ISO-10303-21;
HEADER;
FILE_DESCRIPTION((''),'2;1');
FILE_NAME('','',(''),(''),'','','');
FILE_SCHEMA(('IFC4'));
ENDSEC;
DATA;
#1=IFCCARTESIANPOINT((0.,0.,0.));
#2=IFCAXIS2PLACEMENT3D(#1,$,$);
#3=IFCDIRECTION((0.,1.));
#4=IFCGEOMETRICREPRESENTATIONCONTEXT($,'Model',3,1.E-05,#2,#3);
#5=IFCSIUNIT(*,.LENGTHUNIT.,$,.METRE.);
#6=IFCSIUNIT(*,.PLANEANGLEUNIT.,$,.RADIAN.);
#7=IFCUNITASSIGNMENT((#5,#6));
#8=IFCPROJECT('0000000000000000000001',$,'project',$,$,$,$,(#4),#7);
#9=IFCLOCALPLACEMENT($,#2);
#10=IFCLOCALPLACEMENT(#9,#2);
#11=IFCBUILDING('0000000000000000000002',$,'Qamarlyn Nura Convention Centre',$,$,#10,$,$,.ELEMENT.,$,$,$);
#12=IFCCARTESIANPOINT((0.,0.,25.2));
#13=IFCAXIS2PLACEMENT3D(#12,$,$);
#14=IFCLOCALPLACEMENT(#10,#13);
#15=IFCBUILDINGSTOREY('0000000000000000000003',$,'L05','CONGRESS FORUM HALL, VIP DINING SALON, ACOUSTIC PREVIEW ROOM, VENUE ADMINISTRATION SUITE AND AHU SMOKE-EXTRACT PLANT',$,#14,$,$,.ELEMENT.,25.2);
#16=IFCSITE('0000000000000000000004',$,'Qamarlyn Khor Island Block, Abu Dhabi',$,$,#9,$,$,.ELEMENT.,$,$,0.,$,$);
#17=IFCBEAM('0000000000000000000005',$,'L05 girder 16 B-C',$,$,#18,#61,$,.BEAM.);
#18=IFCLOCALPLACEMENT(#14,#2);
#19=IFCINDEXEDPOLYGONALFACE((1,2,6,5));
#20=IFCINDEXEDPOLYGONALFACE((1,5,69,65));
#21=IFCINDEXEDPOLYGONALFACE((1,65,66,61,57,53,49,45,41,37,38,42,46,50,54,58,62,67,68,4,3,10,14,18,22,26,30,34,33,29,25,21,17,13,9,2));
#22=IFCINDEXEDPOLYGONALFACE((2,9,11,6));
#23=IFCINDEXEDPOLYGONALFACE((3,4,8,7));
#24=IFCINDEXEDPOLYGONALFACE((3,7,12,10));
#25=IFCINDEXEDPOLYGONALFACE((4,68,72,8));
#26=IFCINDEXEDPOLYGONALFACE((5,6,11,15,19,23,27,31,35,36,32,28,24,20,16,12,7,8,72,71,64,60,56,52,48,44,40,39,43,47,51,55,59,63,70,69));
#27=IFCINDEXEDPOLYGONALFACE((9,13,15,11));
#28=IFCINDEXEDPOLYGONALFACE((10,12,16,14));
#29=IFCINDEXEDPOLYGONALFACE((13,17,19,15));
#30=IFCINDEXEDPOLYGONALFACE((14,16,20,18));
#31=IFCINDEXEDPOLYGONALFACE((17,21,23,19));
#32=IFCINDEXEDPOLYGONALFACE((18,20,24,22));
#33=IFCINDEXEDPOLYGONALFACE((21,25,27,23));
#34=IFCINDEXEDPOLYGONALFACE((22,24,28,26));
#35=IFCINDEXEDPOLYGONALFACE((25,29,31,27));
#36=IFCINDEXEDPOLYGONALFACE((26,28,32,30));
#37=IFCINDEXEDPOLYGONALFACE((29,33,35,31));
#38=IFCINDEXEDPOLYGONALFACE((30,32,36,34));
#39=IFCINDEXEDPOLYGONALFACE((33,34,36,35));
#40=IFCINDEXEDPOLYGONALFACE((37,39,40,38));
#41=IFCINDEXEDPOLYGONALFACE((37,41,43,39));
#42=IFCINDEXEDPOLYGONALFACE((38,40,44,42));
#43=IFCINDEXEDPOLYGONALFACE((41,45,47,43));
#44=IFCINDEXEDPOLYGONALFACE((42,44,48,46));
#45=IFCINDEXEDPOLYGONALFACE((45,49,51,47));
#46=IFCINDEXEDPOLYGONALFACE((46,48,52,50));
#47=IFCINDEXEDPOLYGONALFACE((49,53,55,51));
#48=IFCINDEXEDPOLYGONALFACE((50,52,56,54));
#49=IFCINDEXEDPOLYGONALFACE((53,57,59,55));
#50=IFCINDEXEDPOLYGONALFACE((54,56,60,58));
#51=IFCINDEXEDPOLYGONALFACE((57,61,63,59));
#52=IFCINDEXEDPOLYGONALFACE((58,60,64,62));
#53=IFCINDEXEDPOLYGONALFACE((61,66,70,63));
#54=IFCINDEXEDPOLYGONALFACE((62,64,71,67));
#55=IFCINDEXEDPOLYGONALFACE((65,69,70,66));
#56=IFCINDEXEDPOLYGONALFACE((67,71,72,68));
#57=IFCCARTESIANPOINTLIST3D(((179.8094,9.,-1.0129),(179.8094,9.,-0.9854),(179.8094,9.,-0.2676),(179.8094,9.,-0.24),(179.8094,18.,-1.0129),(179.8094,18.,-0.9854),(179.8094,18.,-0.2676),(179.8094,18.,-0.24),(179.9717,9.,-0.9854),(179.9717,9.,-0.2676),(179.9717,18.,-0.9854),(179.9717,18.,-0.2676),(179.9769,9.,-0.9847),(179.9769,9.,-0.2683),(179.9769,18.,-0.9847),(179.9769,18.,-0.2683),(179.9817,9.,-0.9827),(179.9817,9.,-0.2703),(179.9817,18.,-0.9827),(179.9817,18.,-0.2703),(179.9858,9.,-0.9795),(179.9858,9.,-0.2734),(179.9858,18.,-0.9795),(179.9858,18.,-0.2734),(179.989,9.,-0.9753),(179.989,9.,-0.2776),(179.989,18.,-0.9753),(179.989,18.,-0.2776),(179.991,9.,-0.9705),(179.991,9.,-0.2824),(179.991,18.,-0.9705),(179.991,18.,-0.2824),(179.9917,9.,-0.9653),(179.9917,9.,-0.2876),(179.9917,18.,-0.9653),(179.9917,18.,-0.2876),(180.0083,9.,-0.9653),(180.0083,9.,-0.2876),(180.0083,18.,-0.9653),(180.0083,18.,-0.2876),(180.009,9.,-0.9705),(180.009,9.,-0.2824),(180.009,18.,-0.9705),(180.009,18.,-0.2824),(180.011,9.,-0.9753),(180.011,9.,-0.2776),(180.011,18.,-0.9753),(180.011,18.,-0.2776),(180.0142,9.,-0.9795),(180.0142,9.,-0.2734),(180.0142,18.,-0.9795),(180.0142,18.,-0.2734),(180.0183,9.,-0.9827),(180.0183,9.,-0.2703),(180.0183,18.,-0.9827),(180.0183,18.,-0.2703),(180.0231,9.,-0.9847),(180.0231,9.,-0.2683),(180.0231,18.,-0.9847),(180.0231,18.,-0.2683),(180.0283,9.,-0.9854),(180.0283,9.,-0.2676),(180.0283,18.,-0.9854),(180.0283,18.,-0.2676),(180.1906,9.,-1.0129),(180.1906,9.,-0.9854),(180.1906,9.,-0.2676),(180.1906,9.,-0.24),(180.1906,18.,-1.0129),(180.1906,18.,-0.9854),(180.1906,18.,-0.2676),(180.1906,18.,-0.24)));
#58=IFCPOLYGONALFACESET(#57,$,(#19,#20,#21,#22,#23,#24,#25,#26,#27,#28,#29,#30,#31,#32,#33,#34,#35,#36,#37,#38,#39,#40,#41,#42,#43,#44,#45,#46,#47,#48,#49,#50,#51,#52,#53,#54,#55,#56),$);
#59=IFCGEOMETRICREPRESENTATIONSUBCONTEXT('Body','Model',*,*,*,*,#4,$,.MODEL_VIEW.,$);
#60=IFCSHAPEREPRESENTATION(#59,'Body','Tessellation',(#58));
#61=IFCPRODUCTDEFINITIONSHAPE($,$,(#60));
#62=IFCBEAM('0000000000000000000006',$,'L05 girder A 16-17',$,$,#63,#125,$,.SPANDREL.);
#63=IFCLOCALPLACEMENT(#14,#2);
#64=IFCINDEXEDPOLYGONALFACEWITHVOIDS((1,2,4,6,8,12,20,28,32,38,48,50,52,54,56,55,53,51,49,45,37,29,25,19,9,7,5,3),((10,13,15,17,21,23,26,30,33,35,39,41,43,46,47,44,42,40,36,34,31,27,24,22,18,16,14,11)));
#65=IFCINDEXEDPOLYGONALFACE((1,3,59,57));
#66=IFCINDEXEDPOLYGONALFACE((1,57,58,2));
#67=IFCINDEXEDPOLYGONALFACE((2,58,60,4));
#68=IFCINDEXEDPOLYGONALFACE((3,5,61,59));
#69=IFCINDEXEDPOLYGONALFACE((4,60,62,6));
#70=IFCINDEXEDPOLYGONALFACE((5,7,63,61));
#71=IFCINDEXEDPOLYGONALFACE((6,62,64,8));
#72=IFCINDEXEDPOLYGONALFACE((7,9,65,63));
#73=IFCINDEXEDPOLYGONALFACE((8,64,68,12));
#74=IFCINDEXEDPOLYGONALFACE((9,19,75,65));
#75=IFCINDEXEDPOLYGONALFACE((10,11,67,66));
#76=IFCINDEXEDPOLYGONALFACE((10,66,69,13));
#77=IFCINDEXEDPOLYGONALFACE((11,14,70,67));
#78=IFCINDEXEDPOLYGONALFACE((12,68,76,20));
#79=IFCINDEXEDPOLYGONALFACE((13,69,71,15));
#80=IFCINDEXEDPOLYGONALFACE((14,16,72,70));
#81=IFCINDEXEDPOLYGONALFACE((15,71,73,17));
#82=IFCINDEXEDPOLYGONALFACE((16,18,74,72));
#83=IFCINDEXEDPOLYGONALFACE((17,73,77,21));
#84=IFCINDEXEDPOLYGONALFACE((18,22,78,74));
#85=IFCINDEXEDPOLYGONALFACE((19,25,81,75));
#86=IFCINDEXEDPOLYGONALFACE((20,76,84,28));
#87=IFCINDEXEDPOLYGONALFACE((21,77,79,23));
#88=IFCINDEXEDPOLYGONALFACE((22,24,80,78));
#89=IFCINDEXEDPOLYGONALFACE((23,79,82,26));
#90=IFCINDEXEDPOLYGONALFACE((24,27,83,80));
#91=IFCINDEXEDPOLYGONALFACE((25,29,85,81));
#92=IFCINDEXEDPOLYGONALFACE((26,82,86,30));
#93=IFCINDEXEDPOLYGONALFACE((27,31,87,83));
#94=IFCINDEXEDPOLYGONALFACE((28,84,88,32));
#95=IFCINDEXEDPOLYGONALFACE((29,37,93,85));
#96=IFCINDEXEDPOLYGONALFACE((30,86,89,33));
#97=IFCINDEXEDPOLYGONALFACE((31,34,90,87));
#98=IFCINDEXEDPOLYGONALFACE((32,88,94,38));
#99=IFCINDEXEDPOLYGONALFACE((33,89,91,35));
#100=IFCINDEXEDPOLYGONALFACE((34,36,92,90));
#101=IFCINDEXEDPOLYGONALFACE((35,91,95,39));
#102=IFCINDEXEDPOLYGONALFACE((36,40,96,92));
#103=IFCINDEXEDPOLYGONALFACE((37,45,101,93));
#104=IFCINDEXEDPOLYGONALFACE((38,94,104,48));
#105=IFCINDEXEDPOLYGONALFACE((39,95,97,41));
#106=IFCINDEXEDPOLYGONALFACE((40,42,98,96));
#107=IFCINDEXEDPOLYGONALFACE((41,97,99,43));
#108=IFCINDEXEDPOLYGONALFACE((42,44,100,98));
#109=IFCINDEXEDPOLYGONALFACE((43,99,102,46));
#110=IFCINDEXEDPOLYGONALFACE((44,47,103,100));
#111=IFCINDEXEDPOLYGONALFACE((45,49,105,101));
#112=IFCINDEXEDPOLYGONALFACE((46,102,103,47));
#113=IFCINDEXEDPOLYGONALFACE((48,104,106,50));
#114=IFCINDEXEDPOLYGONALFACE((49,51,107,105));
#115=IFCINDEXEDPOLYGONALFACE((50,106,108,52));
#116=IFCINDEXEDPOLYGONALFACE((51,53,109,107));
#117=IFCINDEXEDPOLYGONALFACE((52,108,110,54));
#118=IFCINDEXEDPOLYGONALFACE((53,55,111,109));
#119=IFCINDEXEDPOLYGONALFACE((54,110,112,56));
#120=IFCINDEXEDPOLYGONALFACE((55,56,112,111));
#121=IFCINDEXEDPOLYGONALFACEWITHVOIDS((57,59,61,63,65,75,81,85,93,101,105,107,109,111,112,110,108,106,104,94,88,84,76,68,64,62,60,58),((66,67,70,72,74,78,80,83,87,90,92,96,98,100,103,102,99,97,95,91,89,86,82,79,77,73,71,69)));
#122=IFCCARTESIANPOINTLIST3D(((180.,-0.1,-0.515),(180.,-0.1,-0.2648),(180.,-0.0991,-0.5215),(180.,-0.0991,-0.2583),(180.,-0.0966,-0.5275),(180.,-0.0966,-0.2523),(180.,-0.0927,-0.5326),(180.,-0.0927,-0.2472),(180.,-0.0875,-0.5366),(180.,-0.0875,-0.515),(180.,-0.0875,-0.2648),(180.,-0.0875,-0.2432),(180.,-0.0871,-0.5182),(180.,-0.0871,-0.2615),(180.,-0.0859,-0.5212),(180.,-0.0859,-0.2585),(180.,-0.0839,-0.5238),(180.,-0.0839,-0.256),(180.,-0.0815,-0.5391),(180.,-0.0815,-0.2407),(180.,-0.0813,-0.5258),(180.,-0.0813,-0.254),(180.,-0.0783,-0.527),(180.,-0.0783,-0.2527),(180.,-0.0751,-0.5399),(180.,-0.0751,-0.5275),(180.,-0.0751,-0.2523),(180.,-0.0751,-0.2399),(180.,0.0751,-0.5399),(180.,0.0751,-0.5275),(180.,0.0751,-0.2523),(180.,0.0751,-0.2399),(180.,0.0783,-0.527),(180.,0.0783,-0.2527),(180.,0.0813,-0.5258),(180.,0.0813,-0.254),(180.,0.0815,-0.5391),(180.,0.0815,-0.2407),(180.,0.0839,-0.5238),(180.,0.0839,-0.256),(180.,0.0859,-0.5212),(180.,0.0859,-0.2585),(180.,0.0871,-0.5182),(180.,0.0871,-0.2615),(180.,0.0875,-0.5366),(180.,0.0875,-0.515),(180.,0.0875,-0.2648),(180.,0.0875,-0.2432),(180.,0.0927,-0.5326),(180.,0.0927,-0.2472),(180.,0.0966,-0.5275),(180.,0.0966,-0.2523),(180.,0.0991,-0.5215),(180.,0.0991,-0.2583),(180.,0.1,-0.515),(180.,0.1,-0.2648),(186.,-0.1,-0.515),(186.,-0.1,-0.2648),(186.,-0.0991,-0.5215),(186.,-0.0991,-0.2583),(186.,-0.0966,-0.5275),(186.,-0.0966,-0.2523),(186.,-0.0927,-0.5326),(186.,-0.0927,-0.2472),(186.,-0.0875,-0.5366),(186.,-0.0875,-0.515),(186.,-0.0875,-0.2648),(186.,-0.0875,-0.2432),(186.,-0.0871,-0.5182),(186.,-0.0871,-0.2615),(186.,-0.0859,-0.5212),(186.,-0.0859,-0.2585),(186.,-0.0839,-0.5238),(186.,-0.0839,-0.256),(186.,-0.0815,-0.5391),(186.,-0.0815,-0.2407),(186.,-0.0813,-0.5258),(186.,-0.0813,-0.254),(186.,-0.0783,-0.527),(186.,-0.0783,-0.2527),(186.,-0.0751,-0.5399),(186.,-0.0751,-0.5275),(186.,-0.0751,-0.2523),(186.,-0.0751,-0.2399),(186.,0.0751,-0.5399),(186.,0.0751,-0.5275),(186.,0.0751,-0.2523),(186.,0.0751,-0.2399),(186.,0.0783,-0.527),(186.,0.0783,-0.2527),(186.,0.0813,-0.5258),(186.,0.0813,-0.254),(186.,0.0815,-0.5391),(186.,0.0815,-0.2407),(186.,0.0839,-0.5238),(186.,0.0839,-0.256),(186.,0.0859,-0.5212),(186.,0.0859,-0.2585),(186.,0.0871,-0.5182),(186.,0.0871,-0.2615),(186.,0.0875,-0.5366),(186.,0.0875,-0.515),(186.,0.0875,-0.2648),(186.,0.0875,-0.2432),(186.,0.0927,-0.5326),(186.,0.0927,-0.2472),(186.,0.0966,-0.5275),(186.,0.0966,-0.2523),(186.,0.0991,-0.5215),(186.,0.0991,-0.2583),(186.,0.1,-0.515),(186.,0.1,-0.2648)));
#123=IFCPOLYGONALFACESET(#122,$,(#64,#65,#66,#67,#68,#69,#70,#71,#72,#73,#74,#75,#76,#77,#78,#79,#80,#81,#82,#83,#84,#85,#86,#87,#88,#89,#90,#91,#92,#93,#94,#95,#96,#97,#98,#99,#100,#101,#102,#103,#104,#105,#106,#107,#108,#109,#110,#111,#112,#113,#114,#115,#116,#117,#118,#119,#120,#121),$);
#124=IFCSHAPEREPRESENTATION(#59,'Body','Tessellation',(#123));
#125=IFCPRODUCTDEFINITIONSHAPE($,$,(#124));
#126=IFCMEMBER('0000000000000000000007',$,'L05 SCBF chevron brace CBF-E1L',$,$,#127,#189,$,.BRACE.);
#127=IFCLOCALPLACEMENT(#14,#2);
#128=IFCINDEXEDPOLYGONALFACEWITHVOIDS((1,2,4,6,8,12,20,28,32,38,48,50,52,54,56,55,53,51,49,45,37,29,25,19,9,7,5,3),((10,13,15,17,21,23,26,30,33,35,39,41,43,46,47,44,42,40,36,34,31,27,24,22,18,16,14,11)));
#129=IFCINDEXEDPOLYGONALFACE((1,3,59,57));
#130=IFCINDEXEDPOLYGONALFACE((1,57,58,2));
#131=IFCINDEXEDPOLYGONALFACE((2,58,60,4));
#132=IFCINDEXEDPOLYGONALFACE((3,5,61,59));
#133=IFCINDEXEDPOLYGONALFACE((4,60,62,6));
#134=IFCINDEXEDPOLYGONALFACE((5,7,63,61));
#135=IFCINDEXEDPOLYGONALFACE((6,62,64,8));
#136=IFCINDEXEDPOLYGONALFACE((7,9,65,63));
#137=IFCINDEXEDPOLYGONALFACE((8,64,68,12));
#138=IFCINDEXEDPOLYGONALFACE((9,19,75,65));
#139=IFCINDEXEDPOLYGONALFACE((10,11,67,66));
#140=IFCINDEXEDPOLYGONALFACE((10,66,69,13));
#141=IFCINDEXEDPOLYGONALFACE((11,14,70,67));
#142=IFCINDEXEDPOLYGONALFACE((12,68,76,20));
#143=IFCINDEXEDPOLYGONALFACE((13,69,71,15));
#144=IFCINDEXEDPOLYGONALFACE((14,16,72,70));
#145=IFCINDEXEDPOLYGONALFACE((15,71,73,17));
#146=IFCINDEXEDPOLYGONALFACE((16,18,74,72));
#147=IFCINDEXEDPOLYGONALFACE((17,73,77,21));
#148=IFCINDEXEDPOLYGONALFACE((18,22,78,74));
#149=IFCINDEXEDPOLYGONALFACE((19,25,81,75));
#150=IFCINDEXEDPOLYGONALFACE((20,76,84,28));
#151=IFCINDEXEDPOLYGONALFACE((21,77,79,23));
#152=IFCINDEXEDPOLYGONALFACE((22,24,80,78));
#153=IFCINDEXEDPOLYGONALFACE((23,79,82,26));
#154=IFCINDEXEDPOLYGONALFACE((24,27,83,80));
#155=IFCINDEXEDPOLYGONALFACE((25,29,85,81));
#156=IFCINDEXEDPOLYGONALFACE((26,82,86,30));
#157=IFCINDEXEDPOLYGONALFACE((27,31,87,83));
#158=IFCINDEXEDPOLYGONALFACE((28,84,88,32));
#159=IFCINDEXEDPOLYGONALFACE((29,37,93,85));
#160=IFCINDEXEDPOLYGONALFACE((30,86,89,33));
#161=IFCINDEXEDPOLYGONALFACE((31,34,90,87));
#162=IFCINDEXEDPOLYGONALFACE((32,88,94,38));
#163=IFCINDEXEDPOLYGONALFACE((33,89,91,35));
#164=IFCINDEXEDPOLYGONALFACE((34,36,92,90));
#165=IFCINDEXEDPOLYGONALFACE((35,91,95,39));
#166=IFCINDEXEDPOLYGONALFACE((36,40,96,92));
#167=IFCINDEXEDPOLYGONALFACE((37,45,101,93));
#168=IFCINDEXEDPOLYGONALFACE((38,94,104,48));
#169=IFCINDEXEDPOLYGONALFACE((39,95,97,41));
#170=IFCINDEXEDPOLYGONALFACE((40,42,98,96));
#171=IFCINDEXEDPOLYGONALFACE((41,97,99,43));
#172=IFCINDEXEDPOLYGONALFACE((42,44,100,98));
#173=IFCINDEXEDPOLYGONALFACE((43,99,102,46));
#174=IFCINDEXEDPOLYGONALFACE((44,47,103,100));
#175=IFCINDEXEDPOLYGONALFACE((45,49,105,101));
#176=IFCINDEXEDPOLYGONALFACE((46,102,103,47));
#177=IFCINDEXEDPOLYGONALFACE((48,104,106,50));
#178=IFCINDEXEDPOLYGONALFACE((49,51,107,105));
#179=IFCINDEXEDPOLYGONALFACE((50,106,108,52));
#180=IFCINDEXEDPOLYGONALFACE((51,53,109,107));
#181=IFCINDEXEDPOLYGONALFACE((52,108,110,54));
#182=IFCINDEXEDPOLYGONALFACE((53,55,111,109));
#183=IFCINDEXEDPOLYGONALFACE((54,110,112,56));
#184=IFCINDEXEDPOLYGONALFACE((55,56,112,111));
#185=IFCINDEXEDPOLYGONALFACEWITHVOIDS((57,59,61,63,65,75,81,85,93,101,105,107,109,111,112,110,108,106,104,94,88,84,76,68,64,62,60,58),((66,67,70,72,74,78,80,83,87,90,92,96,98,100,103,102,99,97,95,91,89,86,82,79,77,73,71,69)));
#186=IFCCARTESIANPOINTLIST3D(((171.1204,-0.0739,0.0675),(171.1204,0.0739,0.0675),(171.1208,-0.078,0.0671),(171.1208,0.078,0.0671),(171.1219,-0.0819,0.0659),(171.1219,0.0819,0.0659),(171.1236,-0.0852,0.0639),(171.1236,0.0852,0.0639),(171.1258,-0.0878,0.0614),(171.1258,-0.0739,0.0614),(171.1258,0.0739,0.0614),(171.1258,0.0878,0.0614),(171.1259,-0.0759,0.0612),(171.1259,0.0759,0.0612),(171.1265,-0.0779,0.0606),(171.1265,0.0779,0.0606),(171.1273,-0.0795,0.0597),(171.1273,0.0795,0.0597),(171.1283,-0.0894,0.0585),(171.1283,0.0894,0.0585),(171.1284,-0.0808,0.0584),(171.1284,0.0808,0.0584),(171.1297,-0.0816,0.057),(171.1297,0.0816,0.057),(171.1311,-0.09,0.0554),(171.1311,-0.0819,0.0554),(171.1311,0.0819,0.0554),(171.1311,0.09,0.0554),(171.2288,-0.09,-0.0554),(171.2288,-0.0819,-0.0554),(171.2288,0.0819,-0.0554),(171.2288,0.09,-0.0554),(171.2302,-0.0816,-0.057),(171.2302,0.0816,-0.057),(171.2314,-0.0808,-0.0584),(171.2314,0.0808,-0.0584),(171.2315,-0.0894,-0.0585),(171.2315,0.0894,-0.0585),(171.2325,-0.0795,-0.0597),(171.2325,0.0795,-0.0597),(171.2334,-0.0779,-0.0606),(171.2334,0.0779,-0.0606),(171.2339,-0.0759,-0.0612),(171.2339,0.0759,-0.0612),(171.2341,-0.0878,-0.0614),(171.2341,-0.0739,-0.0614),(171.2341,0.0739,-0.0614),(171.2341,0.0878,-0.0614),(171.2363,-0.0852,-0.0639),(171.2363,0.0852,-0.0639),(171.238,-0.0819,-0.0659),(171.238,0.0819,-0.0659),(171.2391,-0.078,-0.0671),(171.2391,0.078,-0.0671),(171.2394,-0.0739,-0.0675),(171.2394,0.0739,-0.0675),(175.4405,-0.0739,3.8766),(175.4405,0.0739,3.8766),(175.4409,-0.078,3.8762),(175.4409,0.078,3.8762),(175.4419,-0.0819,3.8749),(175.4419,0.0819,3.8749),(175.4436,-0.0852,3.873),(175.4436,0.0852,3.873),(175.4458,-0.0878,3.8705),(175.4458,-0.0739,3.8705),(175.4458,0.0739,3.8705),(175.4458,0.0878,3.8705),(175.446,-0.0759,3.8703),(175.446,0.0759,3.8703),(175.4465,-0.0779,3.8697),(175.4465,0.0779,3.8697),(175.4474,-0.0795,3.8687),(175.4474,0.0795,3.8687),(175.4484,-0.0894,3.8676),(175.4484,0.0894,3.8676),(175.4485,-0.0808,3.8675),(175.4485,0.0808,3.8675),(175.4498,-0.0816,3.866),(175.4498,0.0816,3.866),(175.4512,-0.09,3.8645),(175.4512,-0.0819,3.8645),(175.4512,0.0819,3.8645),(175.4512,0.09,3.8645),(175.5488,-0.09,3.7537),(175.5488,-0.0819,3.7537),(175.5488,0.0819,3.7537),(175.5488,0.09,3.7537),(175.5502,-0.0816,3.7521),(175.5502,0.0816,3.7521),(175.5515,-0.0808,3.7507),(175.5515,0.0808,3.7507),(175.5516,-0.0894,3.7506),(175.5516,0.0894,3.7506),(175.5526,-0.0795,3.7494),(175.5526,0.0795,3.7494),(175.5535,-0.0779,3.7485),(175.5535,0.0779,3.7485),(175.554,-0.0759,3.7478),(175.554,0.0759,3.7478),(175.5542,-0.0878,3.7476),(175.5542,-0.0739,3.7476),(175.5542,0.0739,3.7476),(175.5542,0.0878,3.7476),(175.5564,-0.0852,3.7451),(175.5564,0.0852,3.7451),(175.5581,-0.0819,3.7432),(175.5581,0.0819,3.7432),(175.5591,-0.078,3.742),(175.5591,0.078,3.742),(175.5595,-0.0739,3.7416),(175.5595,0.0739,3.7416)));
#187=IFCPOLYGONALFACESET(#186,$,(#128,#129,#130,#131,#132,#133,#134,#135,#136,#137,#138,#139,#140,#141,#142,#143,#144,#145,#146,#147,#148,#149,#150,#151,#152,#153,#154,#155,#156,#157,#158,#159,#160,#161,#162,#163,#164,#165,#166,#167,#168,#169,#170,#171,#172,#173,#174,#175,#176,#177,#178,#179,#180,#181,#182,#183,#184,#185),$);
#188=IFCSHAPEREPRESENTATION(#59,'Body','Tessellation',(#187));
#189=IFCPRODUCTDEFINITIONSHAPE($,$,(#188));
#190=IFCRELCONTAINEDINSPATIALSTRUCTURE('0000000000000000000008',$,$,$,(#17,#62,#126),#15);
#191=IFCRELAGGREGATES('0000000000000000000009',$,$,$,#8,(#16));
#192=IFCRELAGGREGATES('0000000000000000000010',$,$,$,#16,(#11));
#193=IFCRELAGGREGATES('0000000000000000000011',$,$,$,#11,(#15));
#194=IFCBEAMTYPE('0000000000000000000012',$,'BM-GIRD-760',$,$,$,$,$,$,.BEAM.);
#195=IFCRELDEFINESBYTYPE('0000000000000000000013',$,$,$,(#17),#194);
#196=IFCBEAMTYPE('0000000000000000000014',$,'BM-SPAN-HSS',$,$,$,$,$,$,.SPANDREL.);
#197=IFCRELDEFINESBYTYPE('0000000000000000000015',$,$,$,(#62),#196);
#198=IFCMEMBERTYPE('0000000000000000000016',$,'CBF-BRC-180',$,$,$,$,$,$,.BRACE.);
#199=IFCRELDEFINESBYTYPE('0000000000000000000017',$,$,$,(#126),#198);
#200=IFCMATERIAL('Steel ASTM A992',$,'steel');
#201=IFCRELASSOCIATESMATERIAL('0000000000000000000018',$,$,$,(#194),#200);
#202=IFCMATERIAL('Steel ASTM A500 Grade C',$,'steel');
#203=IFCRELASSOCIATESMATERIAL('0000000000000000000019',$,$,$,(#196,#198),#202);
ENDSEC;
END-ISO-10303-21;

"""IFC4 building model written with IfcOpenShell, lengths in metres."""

from ifc_helpers import new_model, si_unit, direction, frame, origin, origin_2d, place, context, subcontext, project, spatial, hollow_rectangle, i_section, extrude, material, material_profile, profile_set, type_object, element, save


model = new_model("IFC4")

# Units and contexts
model_context = context("Model", 3, precision=1e-05, world=origin(), true_north=direction((0.0, 1.0)))
body_context = subcontext(model_context, "Body", "Model", "MODEL_VIEW")
ifc_project = project(units=[si_unit("LENGTHUNIT", "METRE"), si_unit("PLANEANGLEUNIT", "RADIAN")], contexts=[model_context])

# Site, building, storey
site_placement = place(None, origin())
site = spatial("IfcSite", under=ifc_project, at=site_placement, Name="Qamarlyn Khor Island Block, Abu Dhabi", CompositionType="ELEMENT", RefElevation=0.0)
building_placement = place(site_placement, origin())
building = spatial("IfcBuilding", under=site, at=building_placement, Name="Qamarlyn Nura Convention Centre", CompositionType="ELEMENT")
storey_placement = place(building_placement, frame((0.0, 0.0, 25.2)))
storey = spatial("IfcBuildingStorey", under=building, at=storey_placement, Name="L05", Description="CONGRESS FORUM HALL, VIP DINING SALON, ACOUSTIC PREVIEW ROOM, VENUE ADMINISTRATION SUITE AND AHU SMOKE-EXTRACT PLANT", CompositionType="ELEMENT", Elevation=25.2)

# Shared definitions
ifc_material_1 = material(Name="Steel ASTM A992", Category="steel")

# Beams
ifc_material_profile_1 = material_profile(ifc_material_1, i_section(OverallWidth=0.3811, OverallDepth=0.7729, WebThickness=0.0166, FlangeThickness=0.0276, FilletRadius=0.02, at=origin_2d()), Name="W760X257")
ifc_profile_set_1 = profile_set([ifc_material_profile_1], Name="Steel ASTM A992")
beam_type_1 = type_object("IfcBeamType", Name="BM-GIRD-760", PredefinedType="BEAM", material=ifc_profile_set_1)
beam_1_placement = place(storey_placement, frame((180.0, 9.0, -0.6265), z_axis=(0.0, 1.0, 0.0), x_axis=(-1.0, 0.0, 0.0)))
element("IfcBeam", 1, at=beam_1_placement, inside=storey, type_object=beam_type_1, Name="L05 girder 16 B-C", PredefinedType="BEAM", context=body_context, shape_type="SweptSolid", body=[
    extrude(i_section(OverallWidth=0.3811, OverallDepth=0.7729, WebThickness=0.0166, FlangeThickness=0.0276, FilletRadius=0.02, at=origin_2d()), origin(), (0.0, 0.0, 1.0), 9.0),
])
ifc_material_2 = material(Name="Steel ASTM A500 Grade C", Category="steel")
ifc_material_profile_2 = material_profile(ifc_material_2, hollow_rectangle(XDim=0.2, YDim=0.3, WallThickness=0.0125, InnerFilletRadius=0.0125, OuterFilletRadius=0.0249, at=origin_2d()), Name="HSS300X200X12.5")
ifc_profile_set_2 = profile_set([ifc_material_profile_2], Name="Steel ASTM A500 Grade C")
beam_type_2 = type_object("IfcBeamType", Name="BM-SPAN-HSS", PredefinedType="SPANDREL", material=ifc_profile_set_2)
beam_2_placement = place(storey_placement, frame((180.0, 0.0, -0.3899), z_axis=(1.0, 0.0, 0.0), x_axis=(0.0, 1.0, 0.0)))
element("IfcBeam", 2, at=beam_2_placement, inside=storey, type_object=beam_type_2, Name="L05 girder A 16-17", PredefinedType="SPANDREL", context=body_context, shape_type="SweptSolid", body=[
    extrude(hollow_rectangle(XDim=0.2, YDim=0.3, WallThickness=0.0125, InnerFilletRadius=0.0125, OuterFilletRadius=0.0249, at=origin_2d()), origin(), (0.0, 0.0, 1.0), 6.0),
])

# Member
ifc_material_profile_3 = material_profile(ifc_material_2, hollow_rectangle(XDim=0.1799, YDim=0.1799, WallThickness=0.0081, InnerFilletRadius=0.0081, OuterFilletRadius=0.0161, at=origin_2d()), Name="HSS180X180X8")
ifc_profile_set_3 = profile_set([ifc_material_profile_3], Name="Steel ASTM A500 Grade C")
member_type_1 = type_object("IfcMemberType", Name="CBF-BRC-180", PredefinedType="BRACE", material=ifc_profile_set_3)
for number, where, z_axis, x_axis, name in (
    (3, (171.1799, 0.0, 0.0), (0.750074, 0.0, 0.661354), (0.0, 1.0, 0.0), "L05 SCBF chevron brace CBF-E1L"),
):
    element("IfcMember", number, at=place(storey_placement, frame(where, z_axis=z_axis, x_axis=x_axis)), inside=storey, type_object=member_type_1, Name=name, PredefinedType="BRACE", context=body_context, shape_type="SweptSolid", body=[
        extrude(hollow_rectangle(XDim=0.1799, YDim=0.1799, WallThickness=0.0081, InnerFilletRadius=0.0081, OuterFilletRadius=0.0161, at=origin_2d()), origin(), (0.0, 0.0, 1.0), 5.7595),
    ])

save(model, "model.ifc")
